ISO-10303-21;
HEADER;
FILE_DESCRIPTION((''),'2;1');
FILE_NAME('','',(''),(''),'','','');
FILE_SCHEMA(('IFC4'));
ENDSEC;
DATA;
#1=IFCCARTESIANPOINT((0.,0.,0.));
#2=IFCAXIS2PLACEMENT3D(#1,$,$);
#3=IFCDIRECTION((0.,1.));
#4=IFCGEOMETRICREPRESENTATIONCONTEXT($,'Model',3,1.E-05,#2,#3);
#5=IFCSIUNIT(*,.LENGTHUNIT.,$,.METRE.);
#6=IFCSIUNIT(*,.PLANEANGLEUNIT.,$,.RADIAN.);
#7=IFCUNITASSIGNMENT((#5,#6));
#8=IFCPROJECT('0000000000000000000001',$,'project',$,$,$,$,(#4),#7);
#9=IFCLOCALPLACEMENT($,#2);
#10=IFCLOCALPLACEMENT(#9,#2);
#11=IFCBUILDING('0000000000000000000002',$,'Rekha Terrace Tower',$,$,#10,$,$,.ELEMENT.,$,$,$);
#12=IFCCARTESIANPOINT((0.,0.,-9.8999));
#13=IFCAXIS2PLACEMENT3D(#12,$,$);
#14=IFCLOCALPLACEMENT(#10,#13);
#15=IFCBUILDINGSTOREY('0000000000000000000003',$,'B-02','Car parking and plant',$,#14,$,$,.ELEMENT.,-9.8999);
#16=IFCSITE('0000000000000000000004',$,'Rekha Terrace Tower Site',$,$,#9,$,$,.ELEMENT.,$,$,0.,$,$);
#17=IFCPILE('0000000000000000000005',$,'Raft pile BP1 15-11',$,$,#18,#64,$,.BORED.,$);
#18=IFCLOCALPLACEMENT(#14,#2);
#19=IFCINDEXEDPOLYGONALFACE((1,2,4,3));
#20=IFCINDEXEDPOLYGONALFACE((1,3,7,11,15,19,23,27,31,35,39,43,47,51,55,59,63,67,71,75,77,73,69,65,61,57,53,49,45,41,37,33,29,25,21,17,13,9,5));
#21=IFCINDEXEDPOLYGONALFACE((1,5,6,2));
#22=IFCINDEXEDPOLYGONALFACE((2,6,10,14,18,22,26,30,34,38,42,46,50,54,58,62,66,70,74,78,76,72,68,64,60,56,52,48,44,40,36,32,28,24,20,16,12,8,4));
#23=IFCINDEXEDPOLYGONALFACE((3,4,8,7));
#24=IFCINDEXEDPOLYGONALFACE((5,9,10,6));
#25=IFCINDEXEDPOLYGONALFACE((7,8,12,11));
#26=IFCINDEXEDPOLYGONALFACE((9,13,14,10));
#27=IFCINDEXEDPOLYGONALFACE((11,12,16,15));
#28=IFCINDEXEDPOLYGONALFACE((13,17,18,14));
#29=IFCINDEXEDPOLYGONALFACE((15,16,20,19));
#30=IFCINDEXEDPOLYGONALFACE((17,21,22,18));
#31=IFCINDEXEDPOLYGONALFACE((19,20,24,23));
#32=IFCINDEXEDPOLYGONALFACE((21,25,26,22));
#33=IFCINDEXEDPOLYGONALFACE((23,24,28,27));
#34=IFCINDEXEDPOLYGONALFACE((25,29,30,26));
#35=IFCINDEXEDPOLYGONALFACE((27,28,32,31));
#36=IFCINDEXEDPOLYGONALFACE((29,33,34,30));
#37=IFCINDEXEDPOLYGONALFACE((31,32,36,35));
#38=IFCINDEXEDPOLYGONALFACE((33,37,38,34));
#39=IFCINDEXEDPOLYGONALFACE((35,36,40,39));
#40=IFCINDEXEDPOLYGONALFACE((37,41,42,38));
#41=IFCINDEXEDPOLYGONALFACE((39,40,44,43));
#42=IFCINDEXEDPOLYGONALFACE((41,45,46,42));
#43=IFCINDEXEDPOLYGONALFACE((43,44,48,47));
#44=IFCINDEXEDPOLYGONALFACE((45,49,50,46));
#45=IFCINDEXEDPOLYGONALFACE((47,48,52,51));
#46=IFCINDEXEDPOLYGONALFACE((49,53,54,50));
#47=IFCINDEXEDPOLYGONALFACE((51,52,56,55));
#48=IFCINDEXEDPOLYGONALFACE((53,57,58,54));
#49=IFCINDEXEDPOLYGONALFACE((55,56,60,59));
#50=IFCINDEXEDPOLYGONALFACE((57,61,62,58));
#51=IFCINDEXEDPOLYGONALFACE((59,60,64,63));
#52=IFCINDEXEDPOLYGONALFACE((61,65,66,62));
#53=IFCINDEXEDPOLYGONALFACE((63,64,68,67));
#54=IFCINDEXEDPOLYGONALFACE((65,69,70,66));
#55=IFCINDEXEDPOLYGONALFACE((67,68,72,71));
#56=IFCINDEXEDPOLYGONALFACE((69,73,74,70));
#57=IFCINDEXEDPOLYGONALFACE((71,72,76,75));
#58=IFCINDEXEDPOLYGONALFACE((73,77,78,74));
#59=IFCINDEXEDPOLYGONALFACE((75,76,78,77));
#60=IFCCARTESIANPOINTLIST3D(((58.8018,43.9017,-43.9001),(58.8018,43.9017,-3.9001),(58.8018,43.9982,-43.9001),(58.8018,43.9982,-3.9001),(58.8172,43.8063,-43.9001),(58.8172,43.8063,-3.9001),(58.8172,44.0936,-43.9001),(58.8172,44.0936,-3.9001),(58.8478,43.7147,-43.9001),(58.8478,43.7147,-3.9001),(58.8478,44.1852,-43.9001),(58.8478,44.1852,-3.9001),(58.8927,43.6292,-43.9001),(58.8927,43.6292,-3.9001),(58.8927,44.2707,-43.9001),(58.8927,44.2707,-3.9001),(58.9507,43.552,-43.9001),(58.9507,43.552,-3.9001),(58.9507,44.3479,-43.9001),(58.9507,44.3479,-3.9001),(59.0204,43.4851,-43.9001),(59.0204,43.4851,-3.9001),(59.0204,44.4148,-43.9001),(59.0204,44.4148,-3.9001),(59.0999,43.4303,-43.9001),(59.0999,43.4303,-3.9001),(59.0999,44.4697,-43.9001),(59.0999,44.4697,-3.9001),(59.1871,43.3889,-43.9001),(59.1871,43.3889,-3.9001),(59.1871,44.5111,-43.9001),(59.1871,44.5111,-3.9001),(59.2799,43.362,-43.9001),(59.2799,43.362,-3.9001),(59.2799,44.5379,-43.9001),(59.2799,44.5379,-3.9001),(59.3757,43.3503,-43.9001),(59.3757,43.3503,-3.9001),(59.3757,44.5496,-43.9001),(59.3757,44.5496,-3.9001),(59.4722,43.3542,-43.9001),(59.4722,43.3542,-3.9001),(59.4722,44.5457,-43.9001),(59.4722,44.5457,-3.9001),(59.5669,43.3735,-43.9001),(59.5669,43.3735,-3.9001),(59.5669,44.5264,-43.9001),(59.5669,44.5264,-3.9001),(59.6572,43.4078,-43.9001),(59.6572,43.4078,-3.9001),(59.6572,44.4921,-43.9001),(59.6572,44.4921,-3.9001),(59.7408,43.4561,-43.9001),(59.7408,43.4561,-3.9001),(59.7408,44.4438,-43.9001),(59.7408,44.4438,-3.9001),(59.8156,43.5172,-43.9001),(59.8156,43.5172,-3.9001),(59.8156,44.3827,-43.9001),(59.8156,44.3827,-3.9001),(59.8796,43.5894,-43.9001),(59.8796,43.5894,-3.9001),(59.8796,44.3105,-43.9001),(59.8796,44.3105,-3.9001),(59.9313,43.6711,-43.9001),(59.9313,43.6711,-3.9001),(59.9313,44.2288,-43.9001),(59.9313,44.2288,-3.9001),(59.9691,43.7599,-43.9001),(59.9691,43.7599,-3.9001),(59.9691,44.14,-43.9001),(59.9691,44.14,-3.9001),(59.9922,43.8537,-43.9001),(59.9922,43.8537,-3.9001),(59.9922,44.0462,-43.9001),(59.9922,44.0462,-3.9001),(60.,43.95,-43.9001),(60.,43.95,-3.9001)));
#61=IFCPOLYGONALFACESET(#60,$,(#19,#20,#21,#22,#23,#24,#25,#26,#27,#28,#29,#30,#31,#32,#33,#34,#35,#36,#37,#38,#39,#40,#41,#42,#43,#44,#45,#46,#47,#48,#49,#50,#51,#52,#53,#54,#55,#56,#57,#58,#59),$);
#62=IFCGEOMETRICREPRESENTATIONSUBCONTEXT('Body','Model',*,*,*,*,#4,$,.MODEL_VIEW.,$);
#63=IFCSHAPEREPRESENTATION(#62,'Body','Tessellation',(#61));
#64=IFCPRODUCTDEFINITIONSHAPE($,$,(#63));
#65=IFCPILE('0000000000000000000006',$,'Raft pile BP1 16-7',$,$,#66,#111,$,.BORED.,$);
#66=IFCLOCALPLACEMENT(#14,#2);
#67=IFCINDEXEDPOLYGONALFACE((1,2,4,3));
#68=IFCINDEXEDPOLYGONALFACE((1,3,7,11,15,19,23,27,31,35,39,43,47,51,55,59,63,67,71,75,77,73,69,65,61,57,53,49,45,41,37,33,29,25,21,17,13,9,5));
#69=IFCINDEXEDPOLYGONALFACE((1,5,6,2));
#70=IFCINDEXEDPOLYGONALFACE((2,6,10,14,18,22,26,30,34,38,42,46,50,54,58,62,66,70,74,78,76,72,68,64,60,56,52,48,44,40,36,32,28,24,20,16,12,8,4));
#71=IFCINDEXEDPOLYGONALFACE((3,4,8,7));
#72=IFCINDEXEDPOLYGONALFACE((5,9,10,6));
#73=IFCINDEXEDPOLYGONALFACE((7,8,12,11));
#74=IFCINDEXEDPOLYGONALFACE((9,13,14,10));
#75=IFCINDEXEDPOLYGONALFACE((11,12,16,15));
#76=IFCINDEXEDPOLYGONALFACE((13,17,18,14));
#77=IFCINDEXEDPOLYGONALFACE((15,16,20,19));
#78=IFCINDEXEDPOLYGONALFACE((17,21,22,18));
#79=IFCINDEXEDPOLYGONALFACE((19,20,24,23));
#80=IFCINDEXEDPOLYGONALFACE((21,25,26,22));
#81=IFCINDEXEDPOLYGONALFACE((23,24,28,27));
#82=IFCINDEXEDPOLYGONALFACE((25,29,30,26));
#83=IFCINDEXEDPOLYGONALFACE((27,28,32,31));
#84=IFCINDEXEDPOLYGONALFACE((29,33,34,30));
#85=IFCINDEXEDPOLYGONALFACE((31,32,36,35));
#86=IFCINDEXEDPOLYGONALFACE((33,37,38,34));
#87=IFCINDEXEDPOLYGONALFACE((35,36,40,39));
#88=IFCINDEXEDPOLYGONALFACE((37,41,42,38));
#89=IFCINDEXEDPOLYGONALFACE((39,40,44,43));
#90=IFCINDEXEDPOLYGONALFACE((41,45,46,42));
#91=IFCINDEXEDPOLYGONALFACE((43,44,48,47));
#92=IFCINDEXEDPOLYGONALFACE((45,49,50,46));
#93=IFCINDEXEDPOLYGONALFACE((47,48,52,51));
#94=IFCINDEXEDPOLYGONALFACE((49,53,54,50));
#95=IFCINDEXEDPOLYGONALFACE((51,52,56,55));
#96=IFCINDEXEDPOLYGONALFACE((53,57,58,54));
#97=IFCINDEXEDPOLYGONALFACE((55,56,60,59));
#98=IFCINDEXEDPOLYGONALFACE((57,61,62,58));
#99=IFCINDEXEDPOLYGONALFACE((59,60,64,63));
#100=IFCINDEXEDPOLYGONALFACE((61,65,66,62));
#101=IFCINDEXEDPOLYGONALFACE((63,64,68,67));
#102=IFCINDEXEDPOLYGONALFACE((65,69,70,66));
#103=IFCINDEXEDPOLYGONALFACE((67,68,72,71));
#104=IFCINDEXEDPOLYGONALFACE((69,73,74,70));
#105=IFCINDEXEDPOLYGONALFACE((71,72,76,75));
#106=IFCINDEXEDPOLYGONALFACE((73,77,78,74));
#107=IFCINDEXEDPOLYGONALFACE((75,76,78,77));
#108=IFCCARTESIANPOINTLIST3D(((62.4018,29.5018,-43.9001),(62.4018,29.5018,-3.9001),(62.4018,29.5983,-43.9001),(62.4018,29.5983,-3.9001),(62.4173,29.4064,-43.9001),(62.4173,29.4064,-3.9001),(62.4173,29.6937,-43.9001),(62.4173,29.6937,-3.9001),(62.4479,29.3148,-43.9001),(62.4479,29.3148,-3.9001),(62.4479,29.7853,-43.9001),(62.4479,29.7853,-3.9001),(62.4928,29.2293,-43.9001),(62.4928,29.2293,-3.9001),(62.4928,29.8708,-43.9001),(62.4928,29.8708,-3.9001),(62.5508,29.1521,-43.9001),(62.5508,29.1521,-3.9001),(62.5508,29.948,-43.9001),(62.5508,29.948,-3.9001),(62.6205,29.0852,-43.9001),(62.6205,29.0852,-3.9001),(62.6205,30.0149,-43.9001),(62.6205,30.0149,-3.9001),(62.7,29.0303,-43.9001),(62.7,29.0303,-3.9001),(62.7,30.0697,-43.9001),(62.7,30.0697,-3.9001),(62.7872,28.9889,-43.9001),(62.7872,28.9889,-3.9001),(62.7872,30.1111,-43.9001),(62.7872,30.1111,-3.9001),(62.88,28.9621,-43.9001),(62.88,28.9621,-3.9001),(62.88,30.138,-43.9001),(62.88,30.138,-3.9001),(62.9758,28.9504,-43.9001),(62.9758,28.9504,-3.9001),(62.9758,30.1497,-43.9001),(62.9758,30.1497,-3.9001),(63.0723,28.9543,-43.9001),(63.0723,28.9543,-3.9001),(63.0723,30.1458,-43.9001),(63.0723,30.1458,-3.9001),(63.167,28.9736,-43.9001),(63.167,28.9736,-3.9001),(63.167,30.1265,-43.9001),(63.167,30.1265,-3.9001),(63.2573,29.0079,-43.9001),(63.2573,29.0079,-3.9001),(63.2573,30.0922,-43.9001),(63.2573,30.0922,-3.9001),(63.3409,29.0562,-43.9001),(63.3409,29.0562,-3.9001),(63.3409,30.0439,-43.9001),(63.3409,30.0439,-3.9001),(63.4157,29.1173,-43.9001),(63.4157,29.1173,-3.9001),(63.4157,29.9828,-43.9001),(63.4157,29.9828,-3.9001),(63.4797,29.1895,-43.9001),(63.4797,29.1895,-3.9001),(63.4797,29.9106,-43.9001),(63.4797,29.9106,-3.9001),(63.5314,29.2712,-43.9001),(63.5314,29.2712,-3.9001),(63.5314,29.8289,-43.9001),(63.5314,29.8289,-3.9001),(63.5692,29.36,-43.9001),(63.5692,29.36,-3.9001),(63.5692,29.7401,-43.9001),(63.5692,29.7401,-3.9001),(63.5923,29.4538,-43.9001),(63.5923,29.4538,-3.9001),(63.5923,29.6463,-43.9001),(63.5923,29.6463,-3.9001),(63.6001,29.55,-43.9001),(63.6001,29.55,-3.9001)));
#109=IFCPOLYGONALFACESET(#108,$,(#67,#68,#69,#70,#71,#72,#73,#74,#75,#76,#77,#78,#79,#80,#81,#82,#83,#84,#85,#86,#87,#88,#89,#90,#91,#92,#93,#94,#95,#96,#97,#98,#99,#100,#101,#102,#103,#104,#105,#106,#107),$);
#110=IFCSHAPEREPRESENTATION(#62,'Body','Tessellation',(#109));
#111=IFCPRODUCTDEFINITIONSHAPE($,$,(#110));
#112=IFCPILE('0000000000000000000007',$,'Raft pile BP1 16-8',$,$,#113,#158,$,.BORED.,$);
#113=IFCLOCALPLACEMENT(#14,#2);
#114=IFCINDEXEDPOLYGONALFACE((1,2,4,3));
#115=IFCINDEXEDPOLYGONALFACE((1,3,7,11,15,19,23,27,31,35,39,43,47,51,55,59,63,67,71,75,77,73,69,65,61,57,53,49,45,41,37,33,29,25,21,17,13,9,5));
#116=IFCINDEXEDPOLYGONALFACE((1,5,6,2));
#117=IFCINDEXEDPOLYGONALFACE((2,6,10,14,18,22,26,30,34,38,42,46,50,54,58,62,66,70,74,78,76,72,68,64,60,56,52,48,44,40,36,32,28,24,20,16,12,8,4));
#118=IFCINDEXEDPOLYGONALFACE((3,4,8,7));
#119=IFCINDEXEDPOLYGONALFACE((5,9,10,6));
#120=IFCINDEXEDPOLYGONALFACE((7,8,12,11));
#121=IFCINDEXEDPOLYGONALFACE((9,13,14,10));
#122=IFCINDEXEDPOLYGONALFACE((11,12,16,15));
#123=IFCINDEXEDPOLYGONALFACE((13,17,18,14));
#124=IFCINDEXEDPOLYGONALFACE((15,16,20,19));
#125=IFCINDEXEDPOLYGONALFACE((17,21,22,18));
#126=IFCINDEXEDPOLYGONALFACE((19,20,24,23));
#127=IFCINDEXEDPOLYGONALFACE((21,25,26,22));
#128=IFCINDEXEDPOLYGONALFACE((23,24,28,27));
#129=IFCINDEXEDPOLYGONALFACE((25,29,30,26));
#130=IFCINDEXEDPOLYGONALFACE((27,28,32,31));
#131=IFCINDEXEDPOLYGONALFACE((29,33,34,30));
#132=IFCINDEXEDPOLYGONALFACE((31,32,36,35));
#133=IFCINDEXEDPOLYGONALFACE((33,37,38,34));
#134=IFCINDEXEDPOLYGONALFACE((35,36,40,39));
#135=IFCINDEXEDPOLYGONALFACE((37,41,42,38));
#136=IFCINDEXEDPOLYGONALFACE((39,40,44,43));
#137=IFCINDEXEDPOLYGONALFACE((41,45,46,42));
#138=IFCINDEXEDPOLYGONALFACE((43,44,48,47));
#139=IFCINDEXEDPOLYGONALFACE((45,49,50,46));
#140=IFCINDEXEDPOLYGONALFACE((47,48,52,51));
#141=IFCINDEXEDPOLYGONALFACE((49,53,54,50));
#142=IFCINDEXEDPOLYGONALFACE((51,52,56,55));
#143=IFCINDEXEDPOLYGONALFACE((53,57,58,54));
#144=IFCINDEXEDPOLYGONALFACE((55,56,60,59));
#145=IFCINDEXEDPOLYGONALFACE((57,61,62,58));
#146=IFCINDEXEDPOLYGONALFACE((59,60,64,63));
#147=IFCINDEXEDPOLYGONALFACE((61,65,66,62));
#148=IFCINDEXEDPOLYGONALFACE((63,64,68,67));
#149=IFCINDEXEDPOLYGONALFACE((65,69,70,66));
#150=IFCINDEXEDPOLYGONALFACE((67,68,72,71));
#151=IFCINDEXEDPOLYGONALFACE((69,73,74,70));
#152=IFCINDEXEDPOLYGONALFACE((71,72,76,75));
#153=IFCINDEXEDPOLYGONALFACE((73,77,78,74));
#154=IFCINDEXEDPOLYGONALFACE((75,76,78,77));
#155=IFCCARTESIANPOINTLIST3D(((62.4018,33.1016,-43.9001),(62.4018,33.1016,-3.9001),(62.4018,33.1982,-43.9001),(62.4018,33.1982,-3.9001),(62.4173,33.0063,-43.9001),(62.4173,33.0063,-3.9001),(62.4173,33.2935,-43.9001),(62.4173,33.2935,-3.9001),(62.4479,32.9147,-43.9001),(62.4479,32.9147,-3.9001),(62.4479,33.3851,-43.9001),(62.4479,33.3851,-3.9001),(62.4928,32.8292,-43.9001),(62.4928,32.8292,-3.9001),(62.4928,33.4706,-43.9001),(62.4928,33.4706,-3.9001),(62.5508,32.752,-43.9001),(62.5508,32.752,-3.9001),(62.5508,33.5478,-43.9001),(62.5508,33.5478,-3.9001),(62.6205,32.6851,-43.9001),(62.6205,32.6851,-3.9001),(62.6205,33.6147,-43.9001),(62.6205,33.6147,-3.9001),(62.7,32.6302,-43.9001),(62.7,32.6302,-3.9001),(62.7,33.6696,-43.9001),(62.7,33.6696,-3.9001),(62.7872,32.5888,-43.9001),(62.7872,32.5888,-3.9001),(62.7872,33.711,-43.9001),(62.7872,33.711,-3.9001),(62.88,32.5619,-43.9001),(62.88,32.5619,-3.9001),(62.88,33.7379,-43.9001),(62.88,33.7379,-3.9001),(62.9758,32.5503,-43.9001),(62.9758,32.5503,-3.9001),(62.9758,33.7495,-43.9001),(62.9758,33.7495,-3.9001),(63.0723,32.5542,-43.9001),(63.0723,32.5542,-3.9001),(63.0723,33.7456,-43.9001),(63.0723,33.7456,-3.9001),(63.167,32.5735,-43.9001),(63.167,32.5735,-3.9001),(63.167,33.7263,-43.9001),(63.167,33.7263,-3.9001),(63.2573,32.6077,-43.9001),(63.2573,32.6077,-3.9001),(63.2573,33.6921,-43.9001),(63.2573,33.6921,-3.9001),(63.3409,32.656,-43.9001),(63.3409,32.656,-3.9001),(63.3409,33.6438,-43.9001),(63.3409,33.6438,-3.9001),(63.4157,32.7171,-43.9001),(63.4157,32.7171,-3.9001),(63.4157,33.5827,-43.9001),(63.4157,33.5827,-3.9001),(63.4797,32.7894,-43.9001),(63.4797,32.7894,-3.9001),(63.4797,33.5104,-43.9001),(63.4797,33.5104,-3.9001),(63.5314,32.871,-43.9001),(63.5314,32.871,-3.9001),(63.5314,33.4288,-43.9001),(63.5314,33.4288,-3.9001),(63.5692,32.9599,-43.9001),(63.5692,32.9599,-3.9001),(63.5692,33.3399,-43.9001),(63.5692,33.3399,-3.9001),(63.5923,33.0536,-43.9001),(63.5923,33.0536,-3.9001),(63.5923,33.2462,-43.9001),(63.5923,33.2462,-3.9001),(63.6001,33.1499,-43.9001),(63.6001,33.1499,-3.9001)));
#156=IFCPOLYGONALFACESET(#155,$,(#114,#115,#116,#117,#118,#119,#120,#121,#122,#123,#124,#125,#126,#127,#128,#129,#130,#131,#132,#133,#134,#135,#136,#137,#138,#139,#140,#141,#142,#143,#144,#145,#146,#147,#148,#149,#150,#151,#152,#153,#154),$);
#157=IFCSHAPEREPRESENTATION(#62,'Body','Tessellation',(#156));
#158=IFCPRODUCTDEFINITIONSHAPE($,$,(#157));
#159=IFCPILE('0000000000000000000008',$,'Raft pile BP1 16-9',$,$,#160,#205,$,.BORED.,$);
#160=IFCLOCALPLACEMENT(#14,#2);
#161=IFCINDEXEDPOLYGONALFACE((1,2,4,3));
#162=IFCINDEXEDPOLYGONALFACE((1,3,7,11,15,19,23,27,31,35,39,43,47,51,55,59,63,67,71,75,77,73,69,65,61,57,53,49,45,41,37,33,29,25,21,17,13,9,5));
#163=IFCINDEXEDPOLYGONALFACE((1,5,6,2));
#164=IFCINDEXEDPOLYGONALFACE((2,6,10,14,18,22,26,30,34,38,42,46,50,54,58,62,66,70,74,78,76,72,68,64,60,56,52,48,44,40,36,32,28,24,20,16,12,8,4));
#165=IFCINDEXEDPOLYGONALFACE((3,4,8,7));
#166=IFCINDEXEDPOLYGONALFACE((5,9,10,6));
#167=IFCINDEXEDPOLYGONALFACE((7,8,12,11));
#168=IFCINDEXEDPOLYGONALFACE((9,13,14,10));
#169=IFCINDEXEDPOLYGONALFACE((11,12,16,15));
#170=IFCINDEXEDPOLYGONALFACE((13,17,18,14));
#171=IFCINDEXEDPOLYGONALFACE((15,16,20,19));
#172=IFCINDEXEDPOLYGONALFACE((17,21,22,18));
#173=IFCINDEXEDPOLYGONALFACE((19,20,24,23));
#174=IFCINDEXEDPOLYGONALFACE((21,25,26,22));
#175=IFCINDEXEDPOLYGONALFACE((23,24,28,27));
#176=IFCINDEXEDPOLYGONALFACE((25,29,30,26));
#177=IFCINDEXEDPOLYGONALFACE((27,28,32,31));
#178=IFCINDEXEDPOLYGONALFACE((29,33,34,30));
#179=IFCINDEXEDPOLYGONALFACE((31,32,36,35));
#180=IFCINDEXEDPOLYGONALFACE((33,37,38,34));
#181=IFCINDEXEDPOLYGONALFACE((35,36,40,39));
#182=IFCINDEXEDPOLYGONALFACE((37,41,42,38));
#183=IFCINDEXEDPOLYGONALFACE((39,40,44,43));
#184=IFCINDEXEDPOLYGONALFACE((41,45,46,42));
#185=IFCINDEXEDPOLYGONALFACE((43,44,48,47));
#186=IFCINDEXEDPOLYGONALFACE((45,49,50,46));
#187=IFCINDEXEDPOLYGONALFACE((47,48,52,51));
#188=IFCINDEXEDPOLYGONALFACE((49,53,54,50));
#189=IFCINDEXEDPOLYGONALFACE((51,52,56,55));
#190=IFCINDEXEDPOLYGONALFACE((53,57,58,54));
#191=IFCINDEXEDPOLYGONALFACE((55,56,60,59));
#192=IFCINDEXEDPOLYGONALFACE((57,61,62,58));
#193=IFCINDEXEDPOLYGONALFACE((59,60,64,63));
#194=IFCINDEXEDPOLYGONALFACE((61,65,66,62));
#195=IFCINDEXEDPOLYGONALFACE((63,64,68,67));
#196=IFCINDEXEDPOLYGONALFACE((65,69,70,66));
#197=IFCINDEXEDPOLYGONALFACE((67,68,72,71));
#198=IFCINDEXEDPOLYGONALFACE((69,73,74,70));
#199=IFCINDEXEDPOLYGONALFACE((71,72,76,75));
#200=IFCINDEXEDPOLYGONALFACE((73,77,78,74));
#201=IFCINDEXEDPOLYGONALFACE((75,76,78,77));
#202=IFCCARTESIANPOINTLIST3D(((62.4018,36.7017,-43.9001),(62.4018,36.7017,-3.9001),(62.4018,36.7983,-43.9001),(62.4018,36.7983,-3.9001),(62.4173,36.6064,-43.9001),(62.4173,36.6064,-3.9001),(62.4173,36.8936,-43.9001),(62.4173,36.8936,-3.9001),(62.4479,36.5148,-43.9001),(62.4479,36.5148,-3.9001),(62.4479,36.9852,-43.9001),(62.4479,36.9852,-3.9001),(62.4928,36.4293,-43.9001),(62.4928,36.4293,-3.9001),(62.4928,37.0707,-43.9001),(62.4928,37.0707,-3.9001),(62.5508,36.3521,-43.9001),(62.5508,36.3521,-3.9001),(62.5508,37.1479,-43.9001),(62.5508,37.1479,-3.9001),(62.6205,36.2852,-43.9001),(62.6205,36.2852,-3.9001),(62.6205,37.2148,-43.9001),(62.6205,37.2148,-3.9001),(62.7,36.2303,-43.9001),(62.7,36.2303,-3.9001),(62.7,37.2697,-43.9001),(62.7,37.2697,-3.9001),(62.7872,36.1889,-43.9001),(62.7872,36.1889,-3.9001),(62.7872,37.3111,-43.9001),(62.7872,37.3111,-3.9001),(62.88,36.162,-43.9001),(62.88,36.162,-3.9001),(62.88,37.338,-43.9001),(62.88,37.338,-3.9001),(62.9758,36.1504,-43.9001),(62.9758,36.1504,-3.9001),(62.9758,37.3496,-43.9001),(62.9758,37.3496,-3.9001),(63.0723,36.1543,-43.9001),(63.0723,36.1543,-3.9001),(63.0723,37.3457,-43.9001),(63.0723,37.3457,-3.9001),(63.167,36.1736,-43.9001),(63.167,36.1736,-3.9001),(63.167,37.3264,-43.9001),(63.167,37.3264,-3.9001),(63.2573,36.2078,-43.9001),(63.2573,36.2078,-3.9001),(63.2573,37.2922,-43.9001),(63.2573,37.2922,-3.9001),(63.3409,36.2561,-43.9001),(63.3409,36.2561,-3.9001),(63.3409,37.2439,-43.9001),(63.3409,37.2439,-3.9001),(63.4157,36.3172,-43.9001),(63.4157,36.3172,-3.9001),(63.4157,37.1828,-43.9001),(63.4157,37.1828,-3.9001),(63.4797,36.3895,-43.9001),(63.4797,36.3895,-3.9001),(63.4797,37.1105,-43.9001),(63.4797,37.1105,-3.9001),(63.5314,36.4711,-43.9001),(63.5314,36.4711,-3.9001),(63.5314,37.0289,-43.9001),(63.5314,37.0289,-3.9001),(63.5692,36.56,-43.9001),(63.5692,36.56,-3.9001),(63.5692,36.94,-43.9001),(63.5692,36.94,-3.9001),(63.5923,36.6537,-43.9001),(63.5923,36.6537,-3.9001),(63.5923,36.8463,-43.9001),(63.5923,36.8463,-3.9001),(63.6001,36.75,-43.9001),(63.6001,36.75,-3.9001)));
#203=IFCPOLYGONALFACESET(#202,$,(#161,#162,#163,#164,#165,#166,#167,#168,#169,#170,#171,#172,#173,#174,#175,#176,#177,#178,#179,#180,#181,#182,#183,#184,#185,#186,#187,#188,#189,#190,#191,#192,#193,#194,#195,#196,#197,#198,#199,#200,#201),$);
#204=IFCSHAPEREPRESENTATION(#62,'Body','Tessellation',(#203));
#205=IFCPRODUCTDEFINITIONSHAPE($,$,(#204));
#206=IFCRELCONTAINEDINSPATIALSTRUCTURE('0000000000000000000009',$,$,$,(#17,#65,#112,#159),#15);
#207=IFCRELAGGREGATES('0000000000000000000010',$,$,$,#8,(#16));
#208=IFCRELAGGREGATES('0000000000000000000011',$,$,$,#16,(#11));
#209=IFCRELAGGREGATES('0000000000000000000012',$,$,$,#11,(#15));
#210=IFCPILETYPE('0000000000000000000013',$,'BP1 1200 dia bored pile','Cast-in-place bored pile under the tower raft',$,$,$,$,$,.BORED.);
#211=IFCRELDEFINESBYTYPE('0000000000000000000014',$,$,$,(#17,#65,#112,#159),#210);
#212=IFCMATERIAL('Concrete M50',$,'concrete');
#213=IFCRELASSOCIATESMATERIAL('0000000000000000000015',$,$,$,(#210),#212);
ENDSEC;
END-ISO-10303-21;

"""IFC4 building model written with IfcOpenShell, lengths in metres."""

from ifc_helpers import new_model, si_unit, direction, frame, origin, origin_2d, place, context, subcontext, project, spatial, circle, extrude, material, type_object, element, save


model = new_model("IFC4")

# Units and contexts
model_context = context("Model", 3, precision=1e-05, world=origin(), true_north=direction((0.0, 1.0)))
body_context = subcontext(model_context, "Body", "Model", "MODEL_VIEW")
ifc_project = project(units=[si_unit("LENGTHUNIT", "METRE"), si_unit("PLANEANGLEUNIT", "RADIAN")], contexts=[model_context])

# Site, building, storey
site_placement = place(None, origin())
site = spatial("IfcSite", under=ifc_project, at=site_placement, Name="Rekha Terrace Tower Site", CompositionType="ELEMENT", RefElevation=0.0)
building_placement = place(site_placement, origin())
building = spatial("IfcBuilding", under=site, at=building_placement, Name="Rekha Terrace Tower", CompositionType="ELEMENT")
storey_placement = place(building_placement, frame((0.0, 0.0, -9.8999)))
storey = spatial("IfcBuildingStorey", under=building, at=storey_placement, Name="B-02", Description="Car parking and plant", CompositionType="ELEMENT", Elevation=-9.8999)

# Piles
ifc_material_1 = material(Name="Concrete M50", Category="concrete")
pile_type = type_object("IfcPileType", Name="BP1 1200 dia bored pile", Description="Cast-in-place bored pile under the tower raft", PredefinedType="BORED", material=ifc_material_1)
for number, where, z_axis, x_axis, name in (
    (1, (59.3999, 43.95, -3.9001), (0.0, 0.0, -1.0), (1.0, 0.0, 0.0), "Raft pile BP1 15-11"),
    (2, (63.0, 29.55, -3.9001), (0.0, 0.0, -1.0), (1.0, 0.0, 0.0), "Raft pile BP1 16-7"),
    (3, (63.0, 33.1499, -3.9001), (0.0, 0.0, -1.0), (1.0, 0.0, 0.0), "Raft pile BP1 16-8"),
    (4, (63.0, 36.75, -3.9001), (0.0, 0.0, -1.0), (1.0, 0.0, 0.0), "Raft pile BP1 16-9"),
):
    element("IfcPile", number, at=place(storey_placement, frame(where, z_axis=z_axis, x_axis=x_axis)), inside=storey, type_object=pile_type, Name=name, PredefinedType="BORED", context=body_context, shape_type="SweptSolid", body=[
        extrude(circle(Radius=0.6001, at=origin_2d()), origin(), (0.0, 0.0, 1.0), 40.0),
    ])

save(model, "model.ifc")
